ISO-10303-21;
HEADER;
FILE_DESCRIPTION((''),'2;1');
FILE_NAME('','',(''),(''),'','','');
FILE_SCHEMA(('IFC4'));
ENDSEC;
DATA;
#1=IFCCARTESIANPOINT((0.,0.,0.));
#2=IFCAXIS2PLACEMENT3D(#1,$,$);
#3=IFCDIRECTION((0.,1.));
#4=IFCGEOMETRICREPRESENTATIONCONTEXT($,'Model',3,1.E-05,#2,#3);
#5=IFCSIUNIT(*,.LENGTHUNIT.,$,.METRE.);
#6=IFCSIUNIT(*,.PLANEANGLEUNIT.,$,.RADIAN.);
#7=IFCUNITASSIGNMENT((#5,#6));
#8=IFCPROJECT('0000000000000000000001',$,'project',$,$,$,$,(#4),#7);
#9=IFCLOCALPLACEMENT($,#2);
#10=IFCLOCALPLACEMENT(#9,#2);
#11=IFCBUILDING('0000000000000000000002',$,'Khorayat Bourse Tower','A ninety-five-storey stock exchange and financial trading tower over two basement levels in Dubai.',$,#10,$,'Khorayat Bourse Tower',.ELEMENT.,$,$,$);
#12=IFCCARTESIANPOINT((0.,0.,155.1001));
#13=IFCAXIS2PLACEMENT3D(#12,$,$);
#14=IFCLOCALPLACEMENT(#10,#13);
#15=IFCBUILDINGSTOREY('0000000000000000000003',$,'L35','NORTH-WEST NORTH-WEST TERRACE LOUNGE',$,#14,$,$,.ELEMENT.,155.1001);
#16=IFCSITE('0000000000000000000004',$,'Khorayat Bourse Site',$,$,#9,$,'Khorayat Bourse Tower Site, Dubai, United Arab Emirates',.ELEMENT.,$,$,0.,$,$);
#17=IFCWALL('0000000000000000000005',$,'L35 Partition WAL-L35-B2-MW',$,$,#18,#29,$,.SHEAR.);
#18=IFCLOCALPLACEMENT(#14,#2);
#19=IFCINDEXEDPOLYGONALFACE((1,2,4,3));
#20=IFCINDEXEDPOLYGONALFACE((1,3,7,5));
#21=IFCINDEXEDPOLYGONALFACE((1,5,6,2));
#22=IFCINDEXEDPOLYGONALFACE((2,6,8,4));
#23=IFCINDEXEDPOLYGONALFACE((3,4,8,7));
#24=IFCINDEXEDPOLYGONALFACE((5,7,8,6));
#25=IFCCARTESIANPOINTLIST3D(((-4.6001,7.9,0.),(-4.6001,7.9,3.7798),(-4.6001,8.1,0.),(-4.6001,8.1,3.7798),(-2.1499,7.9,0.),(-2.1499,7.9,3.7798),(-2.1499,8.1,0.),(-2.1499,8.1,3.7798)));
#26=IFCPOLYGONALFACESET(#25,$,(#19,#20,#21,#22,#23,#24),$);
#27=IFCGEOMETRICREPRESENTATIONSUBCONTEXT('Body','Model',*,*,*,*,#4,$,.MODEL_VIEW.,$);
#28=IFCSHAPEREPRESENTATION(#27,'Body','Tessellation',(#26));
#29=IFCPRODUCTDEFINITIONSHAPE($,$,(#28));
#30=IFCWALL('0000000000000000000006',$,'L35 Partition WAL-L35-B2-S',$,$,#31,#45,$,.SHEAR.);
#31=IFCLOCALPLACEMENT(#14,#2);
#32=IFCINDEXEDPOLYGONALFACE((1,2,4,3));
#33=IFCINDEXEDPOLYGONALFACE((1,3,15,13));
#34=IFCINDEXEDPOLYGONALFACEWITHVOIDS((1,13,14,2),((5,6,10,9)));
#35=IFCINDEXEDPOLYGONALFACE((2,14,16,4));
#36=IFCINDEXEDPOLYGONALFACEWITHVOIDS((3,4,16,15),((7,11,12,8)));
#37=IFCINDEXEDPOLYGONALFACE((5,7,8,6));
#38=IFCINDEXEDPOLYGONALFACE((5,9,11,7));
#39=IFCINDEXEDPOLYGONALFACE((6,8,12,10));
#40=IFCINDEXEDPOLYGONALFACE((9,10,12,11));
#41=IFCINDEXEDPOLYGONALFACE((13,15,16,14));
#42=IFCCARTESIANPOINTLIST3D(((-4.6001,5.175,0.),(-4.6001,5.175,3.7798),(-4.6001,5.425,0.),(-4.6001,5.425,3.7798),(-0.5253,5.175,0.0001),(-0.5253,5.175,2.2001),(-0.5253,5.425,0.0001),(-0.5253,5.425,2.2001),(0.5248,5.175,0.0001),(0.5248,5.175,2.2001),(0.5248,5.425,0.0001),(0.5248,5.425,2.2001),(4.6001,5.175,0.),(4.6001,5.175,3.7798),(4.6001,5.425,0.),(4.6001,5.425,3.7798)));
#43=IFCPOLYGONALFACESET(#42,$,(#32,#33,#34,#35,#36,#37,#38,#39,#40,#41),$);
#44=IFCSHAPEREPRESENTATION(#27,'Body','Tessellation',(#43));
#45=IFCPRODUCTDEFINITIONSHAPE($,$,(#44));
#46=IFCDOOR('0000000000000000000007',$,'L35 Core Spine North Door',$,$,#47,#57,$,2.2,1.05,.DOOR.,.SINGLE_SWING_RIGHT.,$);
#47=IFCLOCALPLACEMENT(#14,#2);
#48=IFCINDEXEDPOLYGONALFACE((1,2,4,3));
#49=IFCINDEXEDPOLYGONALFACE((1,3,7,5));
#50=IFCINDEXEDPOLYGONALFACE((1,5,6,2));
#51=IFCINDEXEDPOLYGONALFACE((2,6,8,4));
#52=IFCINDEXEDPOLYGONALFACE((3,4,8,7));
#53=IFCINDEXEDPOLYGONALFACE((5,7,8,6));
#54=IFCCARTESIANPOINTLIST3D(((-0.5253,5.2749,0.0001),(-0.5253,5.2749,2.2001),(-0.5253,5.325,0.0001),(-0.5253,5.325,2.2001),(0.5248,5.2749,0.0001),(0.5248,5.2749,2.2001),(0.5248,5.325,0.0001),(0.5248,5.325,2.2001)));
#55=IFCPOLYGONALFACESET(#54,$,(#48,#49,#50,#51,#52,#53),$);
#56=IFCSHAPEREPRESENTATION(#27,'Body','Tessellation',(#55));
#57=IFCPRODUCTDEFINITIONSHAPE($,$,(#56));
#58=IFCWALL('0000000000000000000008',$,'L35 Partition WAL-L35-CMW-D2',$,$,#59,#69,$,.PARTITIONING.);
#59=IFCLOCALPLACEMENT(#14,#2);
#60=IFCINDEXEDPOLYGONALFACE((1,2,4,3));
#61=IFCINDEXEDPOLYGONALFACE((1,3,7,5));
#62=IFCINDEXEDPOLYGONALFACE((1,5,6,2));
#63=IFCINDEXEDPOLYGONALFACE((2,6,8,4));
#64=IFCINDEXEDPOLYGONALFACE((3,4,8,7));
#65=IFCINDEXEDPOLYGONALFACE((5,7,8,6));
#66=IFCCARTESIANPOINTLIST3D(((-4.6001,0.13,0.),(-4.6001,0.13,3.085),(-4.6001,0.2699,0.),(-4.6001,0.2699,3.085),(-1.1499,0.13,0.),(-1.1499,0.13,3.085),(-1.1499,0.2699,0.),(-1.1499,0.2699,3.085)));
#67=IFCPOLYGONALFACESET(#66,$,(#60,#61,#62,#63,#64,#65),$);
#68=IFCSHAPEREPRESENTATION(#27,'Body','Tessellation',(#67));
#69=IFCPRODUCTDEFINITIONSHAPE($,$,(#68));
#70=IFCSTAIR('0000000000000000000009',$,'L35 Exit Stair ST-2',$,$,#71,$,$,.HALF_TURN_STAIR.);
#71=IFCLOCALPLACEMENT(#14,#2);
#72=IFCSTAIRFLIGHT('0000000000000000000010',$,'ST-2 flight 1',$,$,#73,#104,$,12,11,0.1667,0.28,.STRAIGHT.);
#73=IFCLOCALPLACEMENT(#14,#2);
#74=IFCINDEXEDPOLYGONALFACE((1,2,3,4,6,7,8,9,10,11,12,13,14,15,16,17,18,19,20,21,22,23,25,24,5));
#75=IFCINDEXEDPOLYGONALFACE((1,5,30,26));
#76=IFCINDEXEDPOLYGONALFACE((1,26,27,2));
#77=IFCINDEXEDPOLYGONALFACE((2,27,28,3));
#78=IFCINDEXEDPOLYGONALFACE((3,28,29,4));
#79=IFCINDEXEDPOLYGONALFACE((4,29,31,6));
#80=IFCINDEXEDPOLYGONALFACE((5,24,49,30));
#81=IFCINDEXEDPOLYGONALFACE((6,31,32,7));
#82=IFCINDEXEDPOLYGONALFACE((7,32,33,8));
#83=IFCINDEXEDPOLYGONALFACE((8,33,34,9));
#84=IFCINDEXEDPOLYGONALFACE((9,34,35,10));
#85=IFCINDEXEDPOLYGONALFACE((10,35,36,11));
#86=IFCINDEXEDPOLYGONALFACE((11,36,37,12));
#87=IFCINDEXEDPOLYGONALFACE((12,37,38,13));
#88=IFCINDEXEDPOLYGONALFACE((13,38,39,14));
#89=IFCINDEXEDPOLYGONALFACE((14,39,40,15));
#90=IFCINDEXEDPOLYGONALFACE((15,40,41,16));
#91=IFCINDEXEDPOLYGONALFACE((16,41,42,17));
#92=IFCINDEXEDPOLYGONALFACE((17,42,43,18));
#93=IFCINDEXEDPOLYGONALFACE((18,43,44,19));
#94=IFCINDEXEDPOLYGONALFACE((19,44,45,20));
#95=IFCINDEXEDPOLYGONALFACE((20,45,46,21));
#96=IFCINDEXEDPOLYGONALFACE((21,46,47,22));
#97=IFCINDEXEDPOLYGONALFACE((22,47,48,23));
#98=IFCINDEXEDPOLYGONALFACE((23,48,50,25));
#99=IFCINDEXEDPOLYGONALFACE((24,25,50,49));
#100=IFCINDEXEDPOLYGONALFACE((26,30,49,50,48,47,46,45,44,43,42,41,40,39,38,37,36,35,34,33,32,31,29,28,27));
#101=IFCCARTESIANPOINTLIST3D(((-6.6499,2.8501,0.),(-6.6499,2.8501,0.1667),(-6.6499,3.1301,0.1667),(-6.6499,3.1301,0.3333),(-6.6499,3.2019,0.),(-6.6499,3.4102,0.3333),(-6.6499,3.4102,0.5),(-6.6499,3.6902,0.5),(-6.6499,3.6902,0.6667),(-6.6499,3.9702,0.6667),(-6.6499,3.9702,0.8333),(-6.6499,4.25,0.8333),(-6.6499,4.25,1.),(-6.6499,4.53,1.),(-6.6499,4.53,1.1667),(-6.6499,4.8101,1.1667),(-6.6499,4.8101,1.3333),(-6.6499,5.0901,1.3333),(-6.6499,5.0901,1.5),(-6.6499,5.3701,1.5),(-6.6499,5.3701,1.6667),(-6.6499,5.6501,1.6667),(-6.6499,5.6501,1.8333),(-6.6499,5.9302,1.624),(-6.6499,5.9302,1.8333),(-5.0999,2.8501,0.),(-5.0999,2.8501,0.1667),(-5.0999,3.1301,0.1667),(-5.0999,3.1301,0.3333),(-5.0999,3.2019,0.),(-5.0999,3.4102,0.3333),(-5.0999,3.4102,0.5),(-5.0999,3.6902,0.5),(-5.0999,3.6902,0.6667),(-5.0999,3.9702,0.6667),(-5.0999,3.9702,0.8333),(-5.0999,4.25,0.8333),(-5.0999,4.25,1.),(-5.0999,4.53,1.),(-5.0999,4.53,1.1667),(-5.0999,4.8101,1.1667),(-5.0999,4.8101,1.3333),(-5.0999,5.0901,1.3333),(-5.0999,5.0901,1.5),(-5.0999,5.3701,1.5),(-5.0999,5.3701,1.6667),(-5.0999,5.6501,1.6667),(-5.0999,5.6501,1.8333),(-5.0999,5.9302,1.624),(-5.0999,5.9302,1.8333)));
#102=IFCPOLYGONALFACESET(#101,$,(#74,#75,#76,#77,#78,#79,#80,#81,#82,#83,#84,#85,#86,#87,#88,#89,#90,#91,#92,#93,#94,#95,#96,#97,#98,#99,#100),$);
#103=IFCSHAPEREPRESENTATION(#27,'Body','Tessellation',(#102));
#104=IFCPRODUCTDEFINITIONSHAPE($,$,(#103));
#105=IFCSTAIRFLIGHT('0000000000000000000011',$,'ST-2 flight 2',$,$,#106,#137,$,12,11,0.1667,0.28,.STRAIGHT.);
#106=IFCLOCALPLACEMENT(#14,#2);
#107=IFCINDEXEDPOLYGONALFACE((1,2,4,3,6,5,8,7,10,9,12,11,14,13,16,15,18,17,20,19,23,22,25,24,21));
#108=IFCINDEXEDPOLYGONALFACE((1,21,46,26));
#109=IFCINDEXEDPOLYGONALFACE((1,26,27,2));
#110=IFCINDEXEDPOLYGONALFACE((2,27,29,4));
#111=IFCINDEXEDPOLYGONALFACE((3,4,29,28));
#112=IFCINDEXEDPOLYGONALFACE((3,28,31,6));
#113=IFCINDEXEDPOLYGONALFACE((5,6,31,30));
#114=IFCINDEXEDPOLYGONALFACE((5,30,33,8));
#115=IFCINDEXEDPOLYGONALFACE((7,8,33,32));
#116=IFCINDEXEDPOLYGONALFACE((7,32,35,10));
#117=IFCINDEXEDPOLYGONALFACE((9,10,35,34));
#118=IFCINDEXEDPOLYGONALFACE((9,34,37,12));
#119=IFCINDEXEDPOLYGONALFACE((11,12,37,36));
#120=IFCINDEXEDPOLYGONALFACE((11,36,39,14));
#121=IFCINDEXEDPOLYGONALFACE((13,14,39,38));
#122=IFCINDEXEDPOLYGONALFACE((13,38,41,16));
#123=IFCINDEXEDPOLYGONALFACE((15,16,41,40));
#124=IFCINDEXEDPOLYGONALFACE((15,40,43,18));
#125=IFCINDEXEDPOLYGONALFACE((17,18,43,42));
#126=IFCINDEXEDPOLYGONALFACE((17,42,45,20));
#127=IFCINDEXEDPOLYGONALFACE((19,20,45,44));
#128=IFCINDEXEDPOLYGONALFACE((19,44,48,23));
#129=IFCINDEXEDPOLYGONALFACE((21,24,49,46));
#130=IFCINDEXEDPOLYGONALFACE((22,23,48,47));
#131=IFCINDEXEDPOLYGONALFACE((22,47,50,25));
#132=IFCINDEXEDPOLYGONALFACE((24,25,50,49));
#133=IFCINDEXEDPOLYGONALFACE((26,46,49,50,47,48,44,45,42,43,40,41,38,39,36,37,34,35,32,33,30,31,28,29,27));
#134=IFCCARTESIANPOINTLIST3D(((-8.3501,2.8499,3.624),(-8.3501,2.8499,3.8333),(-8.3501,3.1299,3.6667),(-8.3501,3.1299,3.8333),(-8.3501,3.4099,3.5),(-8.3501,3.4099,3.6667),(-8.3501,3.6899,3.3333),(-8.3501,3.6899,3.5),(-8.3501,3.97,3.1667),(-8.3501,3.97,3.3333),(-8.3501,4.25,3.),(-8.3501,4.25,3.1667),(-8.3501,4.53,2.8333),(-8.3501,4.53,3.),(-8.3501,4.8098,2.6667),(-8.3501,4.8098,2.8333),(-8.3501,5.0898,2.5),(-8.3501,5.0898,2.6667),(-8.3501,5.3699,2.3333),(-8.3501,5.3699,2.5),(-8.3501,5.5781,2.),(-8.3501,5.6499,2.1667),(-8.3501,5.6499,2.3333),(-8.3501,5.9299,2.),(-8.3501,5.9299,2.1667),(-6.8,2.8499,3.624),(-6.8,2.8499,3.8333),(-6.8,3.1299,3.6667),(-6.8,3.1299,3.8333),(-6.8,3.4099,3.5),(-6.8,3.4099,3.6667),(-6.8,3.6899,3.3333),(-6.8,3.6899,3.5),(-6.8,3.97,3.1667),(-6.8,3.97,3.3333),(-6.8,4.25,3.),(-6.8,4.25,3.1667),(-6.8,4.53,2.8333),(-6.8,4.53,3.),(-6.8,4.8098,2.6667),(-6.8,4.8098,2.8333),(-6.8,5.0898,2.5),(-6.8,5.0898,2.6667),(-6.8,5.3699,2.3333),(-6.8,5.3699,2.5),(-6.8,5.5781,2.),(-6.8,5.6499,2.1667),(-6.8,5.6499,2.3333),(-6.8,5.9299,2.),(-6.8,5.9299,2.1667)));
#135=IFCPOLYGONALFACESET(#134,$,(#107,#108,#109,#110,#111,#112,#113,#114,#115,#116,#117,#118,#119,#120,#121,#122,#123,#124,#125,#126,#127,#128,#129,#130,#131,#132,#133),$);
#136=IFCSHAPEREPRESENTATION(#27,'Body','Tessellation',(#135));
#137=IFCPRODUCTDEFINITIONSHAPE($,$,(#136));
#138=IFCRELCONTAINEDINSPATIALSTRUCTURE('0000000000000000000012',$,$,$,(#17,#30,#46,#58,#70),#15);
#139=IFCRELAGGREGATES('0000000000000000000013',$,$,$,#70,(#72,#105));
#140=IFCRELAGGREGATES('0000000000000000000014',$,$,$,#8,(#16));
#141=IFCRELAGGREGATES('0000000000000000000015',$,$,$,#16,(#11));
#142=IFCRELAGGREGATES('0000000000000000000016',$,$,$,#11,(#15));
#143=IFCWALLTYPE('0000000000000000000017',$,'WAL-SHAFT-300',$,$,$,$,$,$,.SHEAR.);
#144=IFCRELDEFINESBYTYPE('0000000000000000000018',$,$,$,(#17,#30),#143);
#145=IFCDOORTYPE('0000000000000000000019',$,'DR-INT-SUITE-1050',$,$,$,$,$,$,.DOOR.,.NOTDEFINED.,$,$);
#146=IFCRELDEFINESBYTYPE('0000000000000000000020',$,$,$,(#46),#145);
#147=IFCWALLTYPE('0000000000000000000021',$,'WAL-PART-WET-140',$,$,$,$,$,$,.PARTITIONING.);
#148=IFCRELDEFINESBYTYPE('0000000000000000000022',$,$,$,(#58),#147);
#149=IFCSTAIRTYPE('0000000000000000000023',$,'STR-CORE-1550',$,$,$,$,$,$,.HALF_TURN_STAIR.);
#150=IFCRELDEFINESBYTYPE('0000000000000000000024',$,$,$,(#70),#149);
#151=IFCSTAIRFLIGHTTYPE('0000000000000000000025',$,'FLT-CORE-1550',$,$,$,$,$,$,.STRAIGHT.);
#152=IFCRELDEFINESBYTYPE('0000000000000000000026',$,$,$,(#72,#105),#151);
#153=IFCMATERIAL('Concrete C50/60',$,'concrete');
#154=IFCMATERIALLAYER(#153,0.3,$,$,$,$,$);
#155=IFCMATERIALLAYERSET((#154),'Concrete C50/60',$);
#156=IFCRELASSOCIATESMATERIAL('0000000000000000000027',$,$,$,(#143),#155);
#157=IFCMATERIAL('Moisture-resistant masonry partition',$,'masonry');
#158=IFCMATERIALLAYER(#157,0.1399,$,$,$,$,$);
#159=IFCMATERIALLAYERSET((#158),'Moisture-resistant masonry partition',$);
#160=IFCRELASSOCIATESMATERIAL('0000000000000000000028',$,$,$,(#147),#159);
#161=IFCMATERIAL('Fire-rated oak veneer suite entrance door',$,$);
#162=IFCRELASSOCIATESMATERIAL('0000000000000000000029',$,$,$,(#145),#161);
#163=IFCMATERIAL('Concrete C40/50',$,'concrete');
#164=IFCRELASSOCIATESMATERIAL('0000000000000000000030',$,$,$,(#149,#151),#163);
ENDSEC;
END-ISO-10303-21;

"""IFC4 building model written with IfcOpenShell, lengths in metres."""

from ifc_helpers import new_model, si_unit, direction, frame, frame_2d, origin, place, context, subcontext, project, spatial, polyline, rectangle, outline, extrude, source, transform, mapped, material, layer, layer_set, type_object, element, fill, aggregate, save


model = new_model("IFC4")

# Units and contexts
model_context = context("Model", 3, precision=1e-05, world=origin(), true_north=direction((0.0, 1.0)))
body_context = subcontext(model_context, "Body", "Model", "MODEL_VIEW")
ifc_project = project(units=[si_unit("LENGTHUNIT", "METRE"), si_unit("PLANEANGLEUNIT", "RADIAN")], contexts=[model_context])

# Site, building, storey
site_placement = place(None, origin())
site = spatial("IfcSite", under=ifc_project, at=site_placement, Name="Khorayat Bourse Site", LongName="Khorayat Bourse Tower Site, Dubai, United Arab Emirates", CompositionType="ELEMENT", RefElevation=0.0)
building_placement = place(site_placement, origin())
building = spatial("IfcBuilding", under=site, at=building_placement, Name="Khorayat Bourse Tower", Description="A ninety-five-storey stock exchange and financial trading tower over two basement levels in Dubai.", LongName="Khorayat Bourse Tower", CompositionType="ELEMENT")
storey_placement = place(building_placement, frame((0.0, 0.0, 155.1001)))
storey = spatial("IfcBuildingStorey", under=building, at=storey_placement, Name="L35", Description="NORTH-WEST NORTH-WEST TERRACE LOUNGE", CompositionType="ELEMENT", Elevation=155.1001)

# Wall
ifc_material_1 = material(Name="Concrete C50/60", Category="concrete")
ifc_layer_1 = layer(ifc_material_1, 0.3)
ifc_layer_set_1 = layer_set([ifc_layer_1], Name="Concrete C50/60")
wall_type_1 = type_object("IfcWallType", Name="WAL-SHAFT-300", PredefinedType="SHEAR", material=ifc_layer_set_1)
ifc_material_2 = material(Name="Moisture-resistant masonry partition", Category="masonry")
ifc_layer_2 = layer(ifc_material_2, 0.1399)
ifc_layer_set_2 = layer_set([ifc_layer_2], Name="Moisture-resistant masonry partition")
wall_type_2 = type_object("IfcWallType", Name="WAL-PART-WET-140", PredefinedType="PARTITIONING", material=ifc_layer_set_2)
shared_shape_1 = source(origin(), body_context, "Body", "SweptSolid", [
    extrude(rectangle(XDim=2.4502, YDim=0.2, at=frame_2d((1.2251, 0.0))), origin(), (0.0, 0.0, 1.0), 3.7798),
])
wall_1_placement = place(storey_placement, frame((-4.6001, 8.0, 0.0), z_axis=(0.0, 0.0, 1.0), x_axis=(1.0, 0.0, 0.0)))
element("IfcWall", 1, at=wall_1_placement, inside=storey, type_object=wall_type_1, Name="L35 Partition WAL-L35-B2-MW", PredefinedType="SHEAR", context=body_context, shape_type="MappedRepresentation", body=[
    mapped(shared_shape_1, transform((0.0, 0.0, 0.0), scale=1.0)),
])

# Wall, opening, door
shared_shape_2 = source(origin(), body_context, "Body", "SweptSolid", [
    extrude(rectangle(XDim=9.2002, YDim=0.25, at=frame_2d((4.6001, 0.0))), origin(), (0.0, 0.0, 1.0), 3.7798),
])
wall_2_placement = place(storey_placement, frame((-4.6001, 5.3, 0.0), z_axis=(0.0, 0.0, 1.0), x_axis=(1.0, 0.0, 0.0)))
wall_2 = element("IfcWall", 2, at=wall_2_placement, inside=storey, type_object=wall_type_1, Name="L35 Partition WAL-L35-B2-S", PredefinedType="SHEAR", context=body_context, shape_type="MappedRepresentation", body=[
    mapped(shared_shape_2, transform((0.0, 0.0, 0.0), scale=1.0)),
])
shared_shape_3 = source(origin(), body_context, "Body", "SweptSolid", [
    extrude(rectangle(XDim=1.05, YDim=2.2, at=frame_2d((0.5249, 1.1001))), frame((0.0, 0.135, 0.0), z_axis=(0.0, -1.0, 0.0), x_axis=(1.0, 0.0, 0.0)), (0.0, 0.0, 1.0), 0.27),
])
opening_placement = place(wall_2_placement, frame((4.075, 0.0, 0.0)))
opening = element("IfcOpeningElement", 3, at=opening_placement, cuts=wall_2, PredefinedType="OPENING", context=body_context, shape_type="MappedRepresentation", body=[
    mapped(shared_shape_3, transform((0.0, 0.0, 0.0), scale=1.0)),
])
ifc_material_3 = material(Name="Fire-rated oak veneer suite entrance door")
door_type = type_object("IfcDoorType", Name="DR-INT-SUITE-1050", OperationType="NOTDEFINED", PredefinedType="DOOR", material=ifc_material_3)
shared_shape_4 = source(origin(), body_context, "Body", "SweptSolid", [
    extrude(rectangle(XDim=1.05, YDim=2.2, at=frame_2d((0.5249, 1.1001))), frame((0.0, 0.0249, 0.0), z_axis=(0.0, -1.0, 0.0), x_axis=(1.0, 0.0, 0.0)), (0.0, 0.0, 1.0), 0.05),
])
door_placement = place(opening_placement, origin())
door = element("IfcDoor", 4, at=door_placement, inside=storey, type_object=door_type, Name="L35 Core Spine North Door", OperationType="SINGLE_SWING_RIGHT", OverallHeight=2.2, OverallWidth=1.05, PredefinedType="DOOR", context=body_context, shape_type="MappedRepresentation", body=[
    mapped(shared_shape_4, transform((0.0, 0.0, 0.0), scale=1.0)),
])
fill(opening, door)

# Wall
shared_shape_5 = source(origin(), body_context, "Body", "SweptSolid", [
    extrude(rectangle(XDim=3.4502, YDim=0.1399, at=frame_2d((1.7251, 0.0))), origin(), (0.0, 0.0, 1.0), 3.085),
])
wall_3_placement = place(storey_placement, frame((-4.6001, 0.2, 0.0), z_axis=(0.0, 0.0, 1.0), x_axis=(1.0, 0.0, 0.0)))
element("IfcWall", 5, at=wall_3_placement, inside=storey, type_object=wall_type_2, Name="L35 Partition WAL-L35-CMW-D2", PredefinedType="PARTITIONING", context=body_context, shape_type="MappedRepresentation", body=[
    mapped(shared_shape_5, transform((0.0, 0.0, 0.0), scale=1.0)),
])

# Stair, stair flights
ifc_material_4 = material(Name="Concrete C40/50", Category="concrete")
stair_type = type_object("IfcStairType", Name="STR-CORE-1550", PredefinedType="HALF_TURN_STAIR", material=ifc_material_4)
stair_placement = place(storey_placement, origin())
stair = element("IfcStair", 6, at=stair_placement, inside=storey, type_object=stair_type, Name="L35 Exit Stair ST-2", PredefinedType="HALF_TURN_STAIR")
stair_flight_type = type_object("IfcStairFlightType", Name="FLT-CORE-1550", PredefinedType="STRAIGHT", material=ifc_material_4)
shared_shape_6 = source(origin(), body_context, "Body", "SweptSolid", [
    extrude(outline(polyline([(0.0, 0.0), (0.0, 0.1667), (0.28, 0.1667), (0.28, 0.3333), (0.5601, 0.3333), (0.5601, 0.5), (0.8401, 0.5), (0.8401, 0.6667), (1.1201, 0.6667), (1.1201, 0.8333), (1.3999, 0.8333), (1.3999, 1.0), (1.6799, 1.0), (1.6799, 1.1667), (1.96, 1.1667), (1.96, 1.3333), (2.24, 1.3333), (2.24, 1.5), (2.52, 1.5), (2.52, 1.6667), (2.8, 1.6667), (2.8, 1.8333), (3.0801, 1.8333), (3.0801, 2.0), (3.0801, 1.624), (0.3518, 0.0), (0.0, 0.0)])), frame((0.0, 0.7749, 0.0), z_axis=(0.0, -1.0, 0.0), x_axis=(1.0, 0.0, 0.0)), (0.0, 0.0, 1.0), 1.55),
])
stair_flight_1_placement = place(storey_placement, frame((-5.875, 2.8501, 0.0), z_axis=(0.0, 0.0, 1.0), x_axis=(0.0, 1.0, 0.0)))
stair_flight_1 = element("IfcStairFlight", 7, at=stair_flight_1_placement, type_object=stair_flight_type, Name="ST-2 flight 1", NumberOfRisers=12, NumberOfTreads=11, PredefinedType="STRAIGHT", RiserHeight=0.1667, TreadLength=0.28, context=body_context, shape_type="MappedRepresentation", body=[
    mapped(shared_shape_6, transform((0.0, 0.0, 0.0), scale=1.0)),
])
stair_flight_2_placement = place(storey_placement, frame((-7.575, 5.9299, 2.0), z_axis=(0.0, 0.0, 1.0), x_axis=(0.0, -1.0, 0.0)))
stair_flight_2 = element("IfcStairFlight", 8, at=stair_flight_2_placement, type_object=stair_flight_type, Name="ST-2 flight 2", NumberOfRisers=12, NumberOfTreads=11, PredefinedType="STRAIGHT", RiserHeight=0.1667, TreadLength=0.28, context=body_context, shape_type="MappedRepresentation", body=[
    mapped(shared_shape_6, transform((0.0, 0.0, 0.0), scale=1.0)),
])
aggregate(stair, [stair_flight_1, stair_flight_2])

save(model, "model.ifc")
